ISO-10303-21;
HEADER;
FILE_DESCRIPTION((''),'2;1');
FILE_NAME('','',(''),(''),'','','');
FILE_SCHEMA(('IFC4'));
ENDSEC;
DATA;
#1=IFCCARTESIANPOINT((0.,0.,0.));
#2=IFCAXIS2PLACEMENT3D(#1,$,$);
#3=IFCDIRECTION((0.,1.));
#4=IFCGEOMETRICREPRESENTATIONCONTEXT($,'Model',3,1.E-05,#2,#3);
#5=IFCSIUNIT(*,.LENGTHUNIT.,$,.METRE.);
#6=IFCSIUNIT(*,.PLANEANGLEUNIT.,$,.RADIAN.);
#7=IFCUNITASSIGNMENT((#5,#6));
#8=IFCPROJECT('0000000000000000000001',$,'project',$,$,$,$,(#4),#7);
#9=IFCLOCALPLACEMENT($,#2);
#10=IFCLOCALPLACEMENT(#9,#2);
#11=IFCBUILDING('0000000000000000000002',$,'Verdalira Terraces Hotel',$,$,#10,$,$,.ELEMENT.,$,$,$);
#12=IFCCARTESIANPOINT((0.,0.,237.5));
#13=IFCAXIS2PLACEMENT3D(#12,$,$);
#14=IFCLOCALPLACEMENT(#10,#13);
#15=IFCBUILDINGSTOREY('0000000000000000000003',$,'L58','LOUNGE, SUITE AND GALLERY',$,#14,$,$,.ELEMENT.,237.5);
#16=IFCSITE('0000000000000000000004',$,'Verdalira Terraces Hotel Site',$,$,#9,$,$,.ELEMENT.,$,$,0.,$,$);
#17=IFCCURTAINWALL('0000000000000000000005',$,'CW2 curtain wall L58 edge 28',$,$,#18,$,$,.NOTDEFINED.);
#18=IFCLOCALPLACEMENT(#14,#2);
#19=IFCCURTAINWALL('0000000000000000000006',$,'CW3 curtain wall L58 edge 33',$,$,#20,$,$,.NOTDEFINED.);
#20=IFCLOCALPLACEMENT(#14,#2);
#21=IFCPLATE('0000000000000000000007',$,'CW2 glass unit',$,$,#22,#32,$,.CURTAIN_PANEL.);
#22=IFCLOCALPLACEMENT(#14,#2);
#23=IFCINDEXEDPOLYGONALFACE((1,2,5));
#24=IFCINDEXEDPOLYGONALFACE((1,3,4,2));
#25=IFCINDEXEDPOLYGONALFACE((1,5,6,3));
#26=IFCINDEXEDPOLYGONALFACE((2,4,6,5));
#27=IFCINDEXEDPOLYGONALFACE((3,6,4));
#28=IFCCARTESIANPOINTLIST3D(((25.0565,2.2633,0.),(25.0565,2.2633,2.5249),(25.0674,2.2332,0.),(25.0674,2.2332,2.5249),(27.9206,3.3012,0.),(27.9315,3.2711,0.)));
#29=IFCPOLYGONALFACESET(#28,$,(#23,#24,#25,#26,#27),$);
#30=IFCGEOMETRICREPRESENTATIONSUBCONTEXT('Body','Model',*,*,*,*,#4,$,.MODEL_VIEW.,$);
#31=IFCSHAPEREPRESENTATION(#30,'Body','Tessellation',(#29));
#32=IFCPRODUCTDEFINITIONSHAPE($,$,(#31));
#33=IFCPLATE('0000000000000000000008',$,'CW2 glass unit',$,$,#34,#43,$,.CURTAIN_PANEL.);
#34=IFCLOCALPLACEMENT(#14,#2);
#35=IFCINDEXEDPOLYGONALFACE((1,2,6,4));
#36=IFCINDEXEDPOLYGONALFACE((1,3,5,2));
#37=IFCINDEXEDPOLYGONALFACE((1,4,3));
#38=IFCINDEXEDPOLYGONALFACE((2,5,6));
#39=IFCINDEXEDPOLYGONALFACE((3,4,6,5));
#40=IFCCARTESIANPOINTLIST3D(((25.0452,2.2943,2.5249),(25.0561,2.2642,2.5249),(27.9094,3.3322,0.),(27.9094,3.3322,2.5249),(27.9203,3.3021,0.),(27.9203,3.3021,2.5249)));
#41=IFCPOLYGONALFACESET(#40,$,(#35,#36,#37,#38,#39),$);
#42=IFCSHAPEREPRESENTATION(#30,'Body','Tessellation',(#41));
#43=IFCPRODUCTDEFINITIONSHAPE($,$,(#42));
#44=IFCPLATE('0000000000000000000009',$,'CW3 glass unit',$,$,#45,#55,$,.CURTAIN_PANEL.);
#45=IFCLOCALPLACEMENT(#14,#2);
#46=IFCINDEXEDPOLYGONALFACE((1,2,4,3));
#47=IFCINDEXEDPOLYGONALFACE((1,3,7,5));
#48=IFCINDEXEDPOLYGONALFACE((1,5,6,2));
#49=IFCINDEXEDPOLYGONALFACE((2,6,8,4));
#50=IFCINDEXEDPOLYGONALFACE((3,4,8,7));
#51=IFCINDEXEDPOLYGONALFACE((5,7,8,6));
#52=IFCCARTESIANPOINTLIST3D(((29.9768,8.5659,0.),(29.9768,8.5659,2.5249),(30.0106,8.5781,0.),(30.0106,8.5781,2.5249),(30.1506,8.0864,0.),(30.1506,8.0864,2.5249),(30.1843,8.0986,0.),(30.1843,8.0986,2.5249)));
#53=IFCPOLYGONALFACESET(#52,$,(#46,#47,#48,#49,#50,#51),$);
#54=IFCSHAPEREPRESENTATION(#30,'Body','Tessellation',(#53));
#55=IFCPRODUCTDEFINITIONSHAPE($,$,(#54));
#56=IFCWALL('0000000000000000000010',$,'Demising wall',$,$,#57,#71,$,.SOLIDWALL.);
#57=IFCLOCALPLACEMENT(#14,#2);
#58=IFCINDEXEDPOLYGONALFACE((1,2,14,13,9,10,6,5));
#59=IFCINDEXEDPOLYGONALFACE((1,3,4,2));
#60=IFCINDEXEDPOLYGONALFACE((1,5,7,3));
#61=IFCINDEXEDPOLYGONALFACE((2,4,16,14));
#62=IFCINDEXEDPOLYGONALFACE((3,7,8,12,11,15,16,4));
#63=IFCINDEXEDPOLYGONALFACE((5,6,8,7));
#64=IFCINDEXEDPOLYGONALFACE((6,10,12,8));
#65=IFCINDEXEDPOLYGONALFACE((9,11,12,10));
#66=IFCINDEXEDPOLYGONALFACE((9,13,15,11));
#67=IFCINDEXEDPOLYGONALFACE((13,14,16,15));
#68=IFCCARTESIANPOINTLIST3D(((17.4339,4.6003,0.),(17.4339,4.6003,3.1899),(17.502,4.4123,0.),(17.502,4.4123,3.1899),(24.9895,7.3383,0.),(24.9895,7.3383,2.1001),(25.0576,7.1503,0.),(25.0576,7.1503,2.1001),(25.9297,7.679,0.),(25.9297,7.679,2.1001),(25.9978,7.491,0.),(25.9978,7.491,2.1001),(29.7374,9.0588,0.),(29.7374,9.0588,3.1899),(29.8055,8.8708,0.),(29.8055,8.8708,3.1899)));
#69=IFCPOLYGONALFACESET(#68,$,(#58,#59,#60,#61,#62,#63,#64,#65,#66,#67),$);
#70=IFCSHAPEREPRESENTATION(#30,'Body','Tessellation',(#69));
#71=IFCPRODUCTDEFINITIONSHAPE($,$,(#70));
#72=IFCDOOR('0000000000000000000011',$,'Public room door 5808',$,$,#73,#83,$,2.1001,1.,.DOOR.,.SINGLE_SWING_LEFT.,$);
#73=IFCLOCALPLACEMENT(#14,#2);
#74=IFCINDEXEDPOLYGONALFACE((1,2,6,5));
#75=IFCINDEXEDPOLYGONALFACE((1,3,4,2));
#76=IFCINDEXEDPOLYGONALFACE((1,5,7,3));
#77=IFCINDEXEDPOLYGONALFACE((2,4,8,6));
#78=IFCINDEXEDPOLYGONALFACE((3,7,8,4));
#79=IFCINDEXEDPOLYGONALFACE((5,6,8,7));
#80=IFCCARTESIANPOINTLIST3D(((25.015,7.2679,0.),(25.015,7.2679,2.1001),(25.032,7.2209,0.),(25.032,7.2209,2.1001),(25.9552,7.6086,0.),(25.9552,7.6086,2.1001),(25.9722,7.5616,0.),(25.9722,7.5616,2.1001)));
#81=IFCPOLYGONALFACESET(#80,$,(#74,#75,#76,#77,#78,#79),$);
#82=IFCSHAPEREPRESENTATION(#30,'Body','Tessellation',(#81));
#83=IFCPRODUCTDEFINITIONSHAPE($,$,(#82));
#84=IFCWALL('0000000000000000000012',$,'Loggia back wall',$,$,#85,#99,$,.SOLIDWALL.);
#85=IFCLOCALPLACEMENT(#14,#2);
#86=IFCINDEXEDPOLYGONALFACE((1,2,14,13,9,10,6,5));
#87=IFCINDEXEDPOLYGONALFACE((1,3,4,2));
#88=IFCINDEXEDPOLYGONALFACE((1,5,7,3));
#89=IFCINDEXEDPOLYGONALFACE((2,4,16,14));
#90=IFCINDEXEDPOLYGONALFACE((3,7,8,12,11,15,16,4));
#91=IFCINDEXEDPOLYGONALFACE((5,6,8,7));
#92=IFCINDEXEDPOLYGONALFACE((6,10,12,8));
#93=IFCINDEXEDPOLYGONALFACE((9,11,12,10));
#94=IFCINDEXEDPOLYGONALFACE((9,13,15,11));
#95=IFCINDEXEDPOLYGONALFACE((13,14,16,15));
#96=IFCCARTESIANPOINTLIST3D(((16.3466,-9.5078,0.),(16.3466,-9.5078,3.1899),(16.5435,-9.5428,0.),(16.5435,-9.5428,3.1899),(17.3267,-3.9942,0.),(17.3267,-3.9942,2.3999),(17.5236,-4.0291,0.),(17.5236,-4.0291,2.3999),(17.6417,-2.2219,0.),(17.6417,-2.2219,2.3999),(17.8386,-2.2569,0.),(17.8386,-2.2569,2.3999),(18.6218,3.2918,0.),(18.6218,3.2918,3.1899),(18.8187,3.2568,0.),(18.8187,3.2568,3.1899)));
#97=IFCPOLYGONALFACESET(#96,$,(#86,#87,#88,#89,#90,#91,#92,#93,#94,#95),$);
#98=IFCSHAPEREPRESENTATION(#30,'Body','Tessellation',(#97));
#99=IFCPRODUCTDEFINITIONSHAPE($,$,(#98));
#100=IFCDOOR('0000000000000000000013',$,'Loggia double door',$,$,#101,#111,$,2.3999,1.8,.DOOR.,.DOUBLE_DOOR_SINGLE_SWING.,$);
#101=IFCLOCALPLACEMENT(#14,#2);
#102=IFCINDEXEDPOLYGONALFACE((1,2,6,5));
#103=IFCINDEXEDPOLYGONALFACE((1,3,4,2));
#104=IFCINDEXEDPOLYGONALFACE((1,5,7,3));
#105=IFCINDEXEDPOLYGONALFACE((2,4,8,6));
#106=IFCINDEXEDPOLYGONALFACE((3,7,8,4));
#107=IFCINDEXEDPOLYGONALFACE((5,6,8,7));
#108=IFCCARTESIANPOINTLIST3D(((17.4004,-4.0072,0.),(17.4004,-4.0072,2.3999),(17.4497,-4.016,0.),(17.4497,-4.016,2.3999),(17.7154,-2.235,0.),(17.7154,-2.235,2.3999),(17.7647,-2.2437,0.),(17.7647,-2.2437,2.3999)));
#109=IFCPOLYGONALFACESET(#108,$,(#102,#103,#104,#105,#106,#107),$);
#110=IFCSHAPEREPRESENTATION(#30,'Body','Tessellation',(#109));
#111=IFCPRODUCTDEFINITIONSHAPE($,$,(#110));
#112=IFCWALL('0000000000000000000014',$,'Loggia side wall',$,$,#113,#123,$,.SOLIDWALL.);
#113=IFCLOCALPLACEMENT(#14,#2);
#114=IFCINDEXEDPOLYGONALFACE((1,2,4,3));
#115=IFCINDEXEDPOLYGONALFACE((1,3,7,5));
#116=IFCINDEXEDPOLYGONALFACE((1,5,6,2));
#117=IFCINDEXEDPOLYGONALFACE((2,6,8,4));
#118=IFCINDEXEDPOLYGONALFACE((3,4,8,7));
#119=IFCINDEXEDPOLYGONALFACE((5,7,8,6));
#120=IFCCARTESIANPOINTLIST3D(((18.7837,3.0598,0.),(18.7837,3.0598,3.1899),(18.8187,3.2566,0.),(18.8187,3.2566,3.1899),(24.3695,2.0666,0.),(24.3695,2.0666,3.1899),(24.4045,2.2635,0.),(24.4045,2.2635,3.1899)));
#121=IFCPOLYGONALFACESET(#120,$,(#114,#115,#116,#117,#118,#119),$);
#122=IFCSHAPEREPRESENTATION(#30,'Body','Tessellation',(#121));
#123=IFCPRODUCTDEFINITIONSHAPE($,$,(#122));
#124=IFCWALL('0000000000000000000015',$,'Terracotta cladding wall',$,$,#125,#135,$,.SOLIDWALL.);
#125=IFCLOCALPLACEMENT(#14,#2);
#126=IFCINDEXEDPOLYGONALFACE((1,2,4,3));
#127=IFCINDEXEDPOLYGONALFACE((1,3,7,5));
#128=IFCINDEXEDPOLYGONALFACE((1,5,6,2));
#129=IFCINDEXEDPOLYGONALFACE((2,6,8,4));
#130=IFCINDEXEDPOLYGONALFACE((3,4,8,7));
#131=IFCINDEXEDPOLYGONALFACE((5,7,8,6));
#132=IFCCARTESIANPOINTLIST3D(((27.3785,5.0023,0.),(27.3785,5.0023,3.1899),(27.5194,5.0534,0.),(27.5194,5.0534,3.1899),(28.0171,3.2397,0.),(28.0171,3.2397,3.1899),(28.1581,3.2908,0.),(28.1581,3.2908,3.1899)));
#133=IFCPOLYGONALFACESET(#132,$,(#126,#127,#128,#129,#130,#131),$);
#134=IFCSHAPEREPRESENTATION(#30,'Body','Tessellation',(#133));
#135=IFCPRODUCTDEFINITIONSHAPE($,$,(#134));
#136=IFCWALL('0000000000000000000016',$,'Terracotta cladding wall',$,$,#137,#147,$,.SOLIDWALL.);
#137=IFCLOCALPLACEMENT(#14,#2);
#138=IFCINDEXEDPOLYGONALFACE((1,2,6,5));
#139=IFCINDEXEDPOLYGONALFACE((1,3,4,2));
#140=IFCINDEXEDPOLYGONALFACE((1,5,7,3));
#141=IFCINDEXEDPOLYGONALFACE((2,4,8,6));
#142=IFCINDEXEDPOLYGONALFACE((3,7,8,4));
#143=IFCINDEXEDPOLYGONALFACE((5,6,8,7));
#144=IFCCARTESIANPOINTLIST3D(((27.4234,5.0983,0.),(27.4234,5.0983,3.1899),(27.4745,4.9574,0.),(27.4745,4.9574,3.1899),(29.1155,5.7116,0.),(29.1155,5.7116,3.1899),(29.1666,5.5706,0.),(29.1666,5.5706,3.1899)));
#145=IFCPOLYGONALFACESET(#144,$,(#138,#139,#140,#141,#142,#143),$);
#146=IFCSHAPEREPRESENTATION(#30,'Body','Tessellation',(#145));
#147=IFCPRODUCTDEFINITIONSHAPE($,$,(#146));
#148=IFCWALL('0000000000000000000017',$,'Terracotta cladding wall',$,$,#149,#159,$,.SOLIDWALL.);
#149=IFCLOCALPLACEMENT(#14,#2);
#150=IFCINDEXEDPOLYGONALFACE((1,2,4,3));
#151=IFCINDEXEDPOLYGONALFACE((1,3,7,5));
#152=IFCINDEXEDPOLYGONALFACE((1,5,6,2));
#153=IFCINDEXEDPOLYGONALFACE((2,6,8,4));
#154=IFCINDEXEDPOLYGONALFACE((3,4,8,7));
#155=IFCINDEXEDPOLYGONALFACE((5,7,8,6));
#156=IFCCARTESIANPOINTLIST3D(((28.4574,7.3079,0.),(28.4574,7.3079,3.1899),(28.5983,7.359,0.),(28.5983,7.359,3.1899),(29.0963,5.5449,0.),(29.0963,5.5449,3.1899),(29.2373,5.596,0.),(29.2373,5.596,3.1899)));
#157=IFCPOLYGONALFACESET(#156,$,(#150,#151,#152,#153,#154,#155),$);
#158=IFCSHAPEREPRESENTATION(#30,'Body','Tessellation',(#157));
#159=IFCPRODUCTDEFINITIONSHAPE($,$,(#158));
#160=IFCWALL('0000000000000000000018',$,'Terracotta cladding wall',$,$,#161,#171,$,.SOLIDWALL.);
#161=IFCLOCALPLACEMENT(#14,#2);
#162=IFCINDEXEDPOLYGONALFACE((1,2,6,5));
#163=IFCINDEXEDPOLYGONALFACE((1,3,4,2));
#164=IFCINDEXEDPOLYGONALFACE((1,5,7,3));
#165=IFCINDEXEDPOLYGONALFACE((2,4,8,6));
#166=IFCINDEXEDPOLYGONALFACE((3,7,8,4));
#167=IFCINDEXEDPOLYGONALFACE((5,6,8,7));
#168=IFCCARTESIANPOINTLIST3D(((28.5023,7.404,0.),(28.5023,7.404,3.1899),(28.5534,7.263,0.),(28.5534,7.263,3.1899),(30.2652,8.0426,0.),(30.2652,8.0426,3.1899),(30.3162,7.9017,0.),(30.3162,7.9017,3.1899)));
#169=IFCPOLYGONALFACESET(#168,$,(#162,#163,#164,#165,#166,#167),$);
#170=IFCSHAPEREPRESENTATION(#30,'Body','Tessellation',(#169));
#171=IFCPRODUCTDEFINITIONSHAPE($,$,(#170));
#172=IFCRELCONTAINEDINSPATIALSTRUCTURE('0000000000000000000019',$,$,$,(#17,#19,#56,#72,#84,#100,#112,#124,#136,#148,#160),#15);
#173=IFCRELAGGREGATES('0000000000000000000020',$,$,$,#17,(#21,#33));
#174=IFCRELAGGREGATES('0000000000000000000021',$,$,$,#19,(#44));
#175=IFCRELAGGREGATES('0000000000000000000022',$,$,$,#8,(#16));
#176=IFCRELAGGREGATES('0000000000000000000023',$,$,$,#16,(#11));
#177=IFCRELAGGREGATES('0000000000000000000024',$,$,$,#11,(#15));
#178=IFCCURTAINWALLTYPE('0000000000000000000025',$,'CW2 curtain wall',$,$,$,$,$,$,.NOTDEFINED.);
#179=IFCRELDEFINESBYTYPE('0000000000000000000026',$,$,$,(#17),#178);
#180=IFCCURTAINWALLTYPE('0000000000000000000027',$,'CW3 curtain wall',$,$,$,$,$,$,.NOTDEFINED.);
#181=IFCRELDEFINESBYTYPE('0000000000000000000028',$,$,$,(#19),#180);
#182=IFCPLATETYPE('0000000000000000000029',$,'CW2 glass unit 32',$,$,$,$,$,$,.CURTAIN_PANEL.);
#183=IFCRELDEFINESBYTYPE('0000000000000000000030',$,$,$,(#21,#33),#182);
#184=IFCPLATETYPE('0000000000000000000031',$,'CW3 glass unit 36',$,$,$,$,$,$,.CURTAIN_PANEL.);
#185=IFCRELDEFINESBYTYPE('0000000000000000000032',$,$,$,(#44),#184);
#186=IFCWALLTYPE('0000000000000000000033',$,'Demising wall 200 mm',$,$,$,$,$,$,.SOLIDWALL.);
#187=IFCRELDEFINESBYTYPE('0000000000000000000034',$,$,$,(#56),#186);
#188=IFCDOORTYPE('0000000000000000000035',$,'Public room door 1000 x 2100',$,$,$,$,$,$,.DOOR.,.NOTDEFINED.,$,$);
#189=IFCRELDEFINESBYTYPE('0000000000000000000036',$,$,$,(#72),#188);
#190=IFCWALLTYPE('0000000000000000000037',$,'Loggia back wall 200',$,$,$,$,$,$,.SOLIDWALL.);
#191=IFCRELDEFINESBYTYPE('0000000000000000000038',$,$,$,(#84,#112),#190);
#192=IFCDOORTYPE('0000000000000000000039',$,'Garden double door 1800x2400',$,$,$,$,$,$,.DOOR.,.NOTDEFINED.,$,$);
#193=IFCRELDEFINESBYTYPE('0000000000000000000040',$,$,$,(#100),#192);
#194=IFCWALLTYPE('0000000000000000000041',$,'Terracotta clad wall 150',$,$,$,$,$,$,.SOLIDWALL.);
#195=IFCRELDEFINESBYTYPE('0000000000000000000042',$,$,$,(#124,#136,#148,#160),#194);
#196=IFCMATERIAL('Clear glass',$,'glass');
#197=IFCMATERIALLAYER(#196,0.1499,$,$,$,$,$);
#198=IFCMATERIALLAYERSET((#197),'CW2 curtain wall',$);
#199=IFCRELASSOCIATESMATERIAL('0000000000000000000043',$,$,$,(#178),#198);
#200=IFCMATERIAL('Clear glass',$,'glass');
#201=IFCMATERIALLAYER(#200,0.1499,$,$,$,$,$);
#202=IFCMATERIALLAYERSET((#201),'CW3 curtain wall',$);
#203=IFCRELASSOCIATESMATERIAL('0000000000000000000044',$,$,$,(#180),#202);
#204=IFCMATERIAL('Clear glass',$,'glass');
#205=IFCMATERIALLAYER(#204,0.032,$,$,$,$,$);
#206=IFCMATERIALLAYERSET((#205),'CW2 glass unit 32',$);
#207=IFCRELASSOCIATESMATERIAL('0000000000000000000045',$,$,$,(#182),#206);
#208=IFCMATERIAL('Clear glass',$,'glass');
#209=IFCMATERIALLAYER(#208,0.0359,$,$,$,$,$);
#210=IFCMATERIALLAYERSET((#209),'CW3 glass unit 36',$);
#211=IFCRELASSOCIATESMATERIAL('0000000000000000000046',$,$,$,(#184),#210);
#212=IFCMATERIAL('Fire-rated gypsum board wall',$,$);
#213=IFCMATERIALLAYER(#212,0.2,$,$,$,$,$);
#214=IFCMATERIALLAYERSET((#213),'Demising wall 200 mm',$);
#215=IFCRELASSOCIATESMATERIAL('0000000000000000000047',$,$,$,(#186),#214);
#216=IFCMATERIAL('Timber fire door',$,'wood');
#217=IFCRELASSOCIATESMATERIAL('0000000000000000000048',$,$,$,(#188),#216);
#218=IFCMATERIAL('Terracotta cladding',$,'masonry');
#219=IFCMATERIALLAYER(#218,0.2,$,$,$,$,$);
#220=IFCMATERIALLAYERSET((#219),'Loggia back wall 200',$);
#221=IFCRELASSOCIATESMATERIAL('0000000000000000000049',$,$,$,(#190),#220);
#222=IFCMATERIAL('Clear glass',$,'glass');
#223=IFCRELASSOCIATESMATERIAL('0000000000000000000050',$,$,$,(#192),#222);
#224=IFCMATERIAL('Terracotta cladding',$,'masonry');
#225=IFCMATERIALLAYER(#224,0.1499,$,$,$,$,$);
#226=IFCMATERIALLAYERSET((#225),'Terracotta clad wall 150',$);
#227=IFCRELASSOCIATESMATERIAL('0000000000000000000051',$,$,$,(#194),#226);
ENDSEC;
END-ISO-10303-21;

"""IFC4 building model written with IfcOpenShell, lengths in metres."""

from ifc_helpers import new_model, si_unit, direction, frame, frame_2d, origin, origin_2d, place, context, subcontext, project, spatial, polyline, rectangle, outline, extrude, material, layer, layer_set, type_object, element, fill, aggregate, save


model = new_model("IFC4")

# Units and contexts
model_context = context("Model", 3, precision=1e-05, world=origin(), true_north=direction((0.0, 1.0)))
body_context = subcontext(model_context, "Body", "Model", "MODEL_VIEW")
ifc_project = project(units=[si_unit("LENGTHUNIT", "METRE"), si_unit("PLANEANGLEUNIT", "RADIAN")], contexts=[model_context])

# Site, building, storey
site_placement = place(None, origin())
site = spatial("IfcSite", under=ifc_project, at=site_placement, Name="Verdalira Terraces Hotel Site", CompositionType="ELEMENT", RefElevation=0.0)
building_placement = place(site_placement, origin())
building = spatial("IfcBuilding", under=site, at=building_placement, Name="Verdalira Terraces Hotel", CompositionType="ELEMENT")
storey_placement = place(building_placement, frame((0.0, 0.0, 237.5)))
storey = spatial("IfcBuildingStorey", under=building, at=storey_placement, Name="L58", Description="LOUNGE, SUITE AND GALLERY", CompositionType="ELEMENT", Elevation=237.5)

# Curtain walls
ifc_material_1 = material(Name="Clear glass", Category="glass")
ifc_layer_1 = layer(ifc_material_1, 0.1499)
ifc_layer_set_1 = layer_set([ifc_layer_1], Name="CW2 curtain wall")
curtain_wall_type_1 = type_object("IfcCurtainWallType", Name="CW2 curtain wall", PredefinedType="NOTDEFINED", material=ifc_layer_set_1)
curtain_wall_1_placement = place(storey_placement, origin())
curtain_wall_1 = element("IfcCurtainWall", 1, at=curtain_wall_1_placement, inside=storey, type_object=curtain_wall_type_1, Name="CW2 curtain wall L58 edge 28", PredefinedType="NOTDEFINED")
ifc_material_2 = material(Name="Clear glass", Category="glass")
ifc_layer_2 = layer(ifc_material_2, 0.1499)
ifc_layer_set_2 = layer_set([ifc_layer_2], Name="CW3 curtain wall")
curtain_wall_type_2 = type_object("IfcCurtainWallType", Name="CW3 curtain wall", PredefinedType="NOTDEFINED", material=ifc_layer_set_2)
curtain_wall_2_placement = place(storey_placement, origin())
curtain_wall_2 = element("IfcCurtainWall", 2, at=curtain_wall_2_placement, inside=storey, type_object=curtain_wall_type_2, Name="CW3 curtain wall L58 edge 33", PredefinedType="NOTDEFINED")

# Plates
ifc_material_3 = material(Name="Clear glass", Category="glass")
ifc_layer_3 = layer(ifc_material_3, 0.032)
ifc_layer_set_3 = layer_set([ifc_layer_3], Name="CW2 glass unit 32")
plate_type_1 = type_object("IfcPlateType", Name="CW2 glass unit 32", PredefinedType="CURTAIN_PANEL", material=ifc_layer_set_3)
plate_1_placement = place(storey_placement, frame((26.4885, 2.7822, 1.2625), z_axis=(0.340708, -0.940169, 0.0), x_axis=(0.940169, 0.340708, 0.0)))
plate_1 = element("IfcPlate", 3, at=plate_1_placement, type_object=plate_type_1, Name="CW2 glass unit", PredefinedType="CURTAIN_PANEL", context=body_context, shape_type="SweptSolid", body=[
    extrude(outline(polyline([(-1.5232, -1.2625), (1.5232, -1.2625), (-1.5232, 1.2625), (-1.5232, -1.2625)])), origin(), (0.0, 0.0, 1.0), 0.032),
])
plate_2_placement = place(storey_placement, frame((26.4773, 2.8132, 1.2625), z_axis=(0.340708, -0.940169, 0.0), x_axis=(0.940169, 0.340708, 0.0)))
plate_2 = element("IfcPlate", 4, at=plate_2_placement, type_object=plate_type_1, Name="CW2 glass unit", PredefinedType="CURTAIN_PANEL", context=body_context, shape_type="SweptSolid", body=[
    extrude(outline(polyline([(1.5232, -1.2625), (1.5232, 1.2625), (-1.5232, 1.2625), (1.5232, -1.2625)])), origin(), (0.0, 0.0, 1.0), 0.032),
])
aggregate(curtain_wall_1, [plate_1, plate_2])
ifc_material_4 = material(Name="Clear glass", Category="glass")
ifc_layer_4 = layer(ifc_material_4, 0.0359)
ifc_layer_set_4 = layer_set([ifc_layer_4], Name="CW3 glass unit 36")
plate_type_2 = type_object("IfcPlateType", Name="CW3 glass unit 36", PredefinedType="CURTAIN_PANEL", material=ifc_layer_set_4)
plate_3_placement = place(storey_placement, frame((30.0806, 8.3323, 0.0), z_axis=(0.0, 0.0, 1.0), x_axis=(-0.340708, 0.940169, 0.0)))
plate_3 = element("IfcPlate", 5, at=plate_3_placement, type_object=plate_type_2, Name="CW3 glass unit", PredefinedType="CURTAIN_PANEL", context=body_context, shape_type="SweptSolid", body=[
    extrude(rectangle(XDim=0.51, YDim=0.0359, at=origin_2d()), origin(), (0.0, 0.0, 1.0), 2.5249),
])
aggregate(curtain_wall_2, [plate_3])

# Walls, openings, doors
ifc_material_5 = material(Name="Fire-rated gypsum board wall")
ifc_layer_5 = layer(ifc_material_5, 0.2)
ifc_layer_set_5 = layer_set([ifc_layer_5], Name="Demising wall 200 mm")
wall_type_1 = type_object("IfcWallType", Name="Demising wall 200 mm", PredefinedType="SOLIDWALL", material=ifc_layer_set_5)
wall_1_placement = place(storey_placement, frame((29.7715, 8.9648, 0.0), z_axis=(0.0, 0.0, 1.0), x_axis=(-0.940173, -0.340697, 0.0)))
wall_1 = element("IfcWall", 6, at=wall_1_placement, inside=storey, type_object=wall_type_1, Name="Demising wall", PredefinedType="SOLIDWALL", context=body_context, shape_type="SweptSolid", body=[
    extrude(rectangle(XDim=13.0864, YDim=0.2, at=frame_2d((6.5432, 0.0))), origin(), (0.0, 0.0, 1.0), 3.1899),
])
opening_1_placement = place(wall_1_placement, frame((4.05, 0.0, 0.0)))
opening_1 = element("IfcOpeningElement", 7, at=opening_1_placement, cuts=wall_1, PredefinedType="OPENING", context=body_context, shape_type="SweptSolid", body=[
    extrude(rectangle(XDim=1.0, YDim=2.1001, at=frame_2d((0.5, 1.05))), frame((0.0, 0.1099, 0.0), z_axis=(0.0, -1.0, 0.0), x_axis=(1.0, 0.0, 0.0)), (0.0, 0.0, 1.0), 0.22),
])
ifc_material_6 = material(Name="Timber fire door", Category="wood")
door_type_1 = type_object("IfcDoorType", Name="Public room door 1000 x 2100", OperationType="NOTDEFINED", PredefinedType="DOOR", material=ifc_material_6)
door_1_placement = place(opening_1_placement, origin())
door_1 = element("IfcDoor", 8, at=door_1_placement, inside=storey, type_object=door_type_1, Name="Public room door 5808", OperationType="SINGLE_SWING_LEFT", OverallHeight=2.1001, OverallWidth=1.0, PredefinedType="DOOR", context=body_context, shape_type="SweptSolid", body=[
    extrude(rectangle(XDim=1.0, YDim=2.1001, at=frame_2d((0.5, 1.05))), frame((0.0, 0.0249, 0.0), z_axis=(0.0, -1.0, 0.0), x_axis=(1.0, 0.0, 0.0)), (0.0, 0.0, 1.0), 0.05),
])
fill(opening_1, door_1)
ifc_material_7 = material(Name="Terracotta cladding", Category="masonry")
ifc_layer_6 = layer(ifc_material_7, 0.2)
ifc_layer_set_6 = layer_set([ifc_layer_6], Name="Loggia back wall 200")
wall_type_2 = type_object("IfcWallType", Name="Loggia back wall 200", PredefinedType="SOLIDWALL", material=ifc_layer_set_6)
wall_2_placement = place(storey_placement, frame((18.7202, 3.2742, 0.0), z_axis=(0.0, 0.0, 1.0), x_axis=(-0.175009, -0.984567, 0.0)))
wall_2 = element("IfcWall", 9, at=wall_2_placement, inside=storey, type_object=wall_type_2, Name="Loggia back wall", PredefinedType="SOLIDWALL", context=body_context, shape_type="SweptSolid", body=[
    extrude(rectangle(XDim=13.0002, YDim=0.2, at=frame_2d((6.5, 0.0))), origin(), (0.0, 0.0, 1.0), 3.1899),
])
opening_2_placement = place(wall_2_placement, frame((5.6001, 0.0, 0.0)))
opening_2 = element("IfcOpeningElement", 10, at=opening_2_placement, cuts=wall_2, PredefinedType="OPENING", context=body_context, shape_type="SweptSolid", body=[
    extrude(rectangle(XDim=1.8, YDim=2.3999, at=frame_2d((0.8999, 1.2))), frame((0.0, 0.1099, 0.0), z_axis=(0.0, -1.0, 0.0), x_axis=(1.0, 0.0, 0.0)), (0.0, 0.0, 1.0), 0.22),
])
ifc_material_8 = material(Name="Clear glass", Category="glass")
door_type_2 = type_object("IfcDoorType", Name="Garden double door 1800x2400", OperationType="NOTDEFINED", PredefinedType="DOOR", material=ifc_material_8)
door_2_placement = place(opening_2_placement, origin())
door_2 = element("IfcDoor", 11, at=door_2_placement, inside=storey, type_object=door_type_2, Name="Loggia double door", OperationType="DOUBLE_DOOR_SINGLE_SWING", OverallHeight=2.3999, OverallWidth=1.8, PredefinedType="DOOR", context=body_context, shape_type="SweptSolid", body=[
    extrude(rectangle(XDim=1.8, YDim=2.3999, at=frame_2d((0.8999, 1.2))), frame((0.0, 0.0249, 0.0), z_axis=(0.0, -1.0, 0.0), x_axis=(1.0, 0.0, 0.0)), (0.0, 0.0, 1.0), 0.05),
])
fill(opening_2, door_2)

# Walls
wall_3_placement = place(storey_placement, frame((24.387, 2.165, 0.0), z_axis=(0.0, 0.0, 1.0), x_axis=(-0.984558, 0.175059, 0.0)))
element("IfcWall", 12, at=wall_3_placement, inside=storey, type_object=wall_type_2, Name="Loggia side wall", PredefinedType="SOLIDWALL", context=body_context, shape_type="SweptSolid", body=[
    extrude(rectangle(XDim=5.6733, YDim=0.2, at=frame_2d((2.8367, 0.0))), origin(), (0.0, 0.0, 1.0), 3.1899),
])
ifc_material_9 = material(Name="Terracotta cladding", Category="masonry")
ifc_layer_7 = layer(ifc_material_9, 0.1499)
ifc_layer_set_7 = layer_set([ifc_layer_7], Name="Terracotta clad wall 150")
wall_type_3 = type_object("IfcWallType", Name="Terracotta clad wall 150", PredefinedType="SOLIDWALL", material=ifc_layer_set_7)
wall_4_placement = place(storey_placement, frame((28.0876, 3.2651, 0.0), z_axis=(0.0, 0.0, 1.0), x_axis=(-0.340655, 0.940188, 0.0)))
element("IfcWall", 13, at=wall_4_placement, inside=storey, type_object=wall_type_3, Name="Terracotta cladding wall", PredefinedType="SOLIDWALL", context=body_context, shape_type="SweptSolid", body=[
    extrude(rectangle(XDim=1.8748, YDim=0.1499, at=frame_2d((0.9375, 0.0))), origin(), (0.0, 0.0, 1.0), 3.1899),
])
wall_5_placement = place(storey_placement, frame((27.449, 5.0278, 0.0), z_axis=(0.0, 0.0, 1.0), x_axis=(0.940157, 0.340741, 0.0)))
element("IfcWall", 14, at=wall_5_placement, inside=storey, type_object=wall_type_3, Name="Terracotta cladding wall", PredefinedType="SOLIDWALL", context=body_context, shape_type="SweptSolid", body=[
    extrude(rectangle(XDim=1.7998, YDim=0.1499, at=frame_2d((0.8999, 0.0))), origin(), (0.0, 0.0, 1.0), 3.1899),
])
wall_6_placement = place(storey_placement, frame((29.1667, 5.5706, 0.0), z_axis=(0.0, 0.0, 1.0), x_axis=(-0.340729, 0.940162, 0.0)))
element("IfcWall", 15, at=wall_6_placement, inside=storey, type_object=wall_type_3, Name="Terracotta cladding wall", PredefinedType="SOLIDWALL", context=body_context, shape_type="SweptSolid", body=[
    extrude(rectangle(XDim=1.8752, YDim=0.1499, at=frame_2d((0.9375, 0.0))), origin(), (0.0, 0.0, 1.0), 3.1899),
])
wall_7_placement = place(storey_placement, frame((28.5278, 7.3335, 0.0), z_axis=(0.0, 0.0, 1.0), x_axis=(0.940203, 0.340614, 0.0)))
element("IfcWall", 16, at=wall_7_placement, inside=storey, type_object=wall_type_3, Name="Terracotta cladding wall", PredefinedType="SOLIDWALL", context=body_context, shape_type="SweptSolid", body=[
    extrude(rectangle(XDim=1.875, YDim=0.1499, at=frame_2d((0.9375, 0.0))), origin(), (0.0, 0.0, 1.0), 3.1899),
])

save(model, "model.ifc")
